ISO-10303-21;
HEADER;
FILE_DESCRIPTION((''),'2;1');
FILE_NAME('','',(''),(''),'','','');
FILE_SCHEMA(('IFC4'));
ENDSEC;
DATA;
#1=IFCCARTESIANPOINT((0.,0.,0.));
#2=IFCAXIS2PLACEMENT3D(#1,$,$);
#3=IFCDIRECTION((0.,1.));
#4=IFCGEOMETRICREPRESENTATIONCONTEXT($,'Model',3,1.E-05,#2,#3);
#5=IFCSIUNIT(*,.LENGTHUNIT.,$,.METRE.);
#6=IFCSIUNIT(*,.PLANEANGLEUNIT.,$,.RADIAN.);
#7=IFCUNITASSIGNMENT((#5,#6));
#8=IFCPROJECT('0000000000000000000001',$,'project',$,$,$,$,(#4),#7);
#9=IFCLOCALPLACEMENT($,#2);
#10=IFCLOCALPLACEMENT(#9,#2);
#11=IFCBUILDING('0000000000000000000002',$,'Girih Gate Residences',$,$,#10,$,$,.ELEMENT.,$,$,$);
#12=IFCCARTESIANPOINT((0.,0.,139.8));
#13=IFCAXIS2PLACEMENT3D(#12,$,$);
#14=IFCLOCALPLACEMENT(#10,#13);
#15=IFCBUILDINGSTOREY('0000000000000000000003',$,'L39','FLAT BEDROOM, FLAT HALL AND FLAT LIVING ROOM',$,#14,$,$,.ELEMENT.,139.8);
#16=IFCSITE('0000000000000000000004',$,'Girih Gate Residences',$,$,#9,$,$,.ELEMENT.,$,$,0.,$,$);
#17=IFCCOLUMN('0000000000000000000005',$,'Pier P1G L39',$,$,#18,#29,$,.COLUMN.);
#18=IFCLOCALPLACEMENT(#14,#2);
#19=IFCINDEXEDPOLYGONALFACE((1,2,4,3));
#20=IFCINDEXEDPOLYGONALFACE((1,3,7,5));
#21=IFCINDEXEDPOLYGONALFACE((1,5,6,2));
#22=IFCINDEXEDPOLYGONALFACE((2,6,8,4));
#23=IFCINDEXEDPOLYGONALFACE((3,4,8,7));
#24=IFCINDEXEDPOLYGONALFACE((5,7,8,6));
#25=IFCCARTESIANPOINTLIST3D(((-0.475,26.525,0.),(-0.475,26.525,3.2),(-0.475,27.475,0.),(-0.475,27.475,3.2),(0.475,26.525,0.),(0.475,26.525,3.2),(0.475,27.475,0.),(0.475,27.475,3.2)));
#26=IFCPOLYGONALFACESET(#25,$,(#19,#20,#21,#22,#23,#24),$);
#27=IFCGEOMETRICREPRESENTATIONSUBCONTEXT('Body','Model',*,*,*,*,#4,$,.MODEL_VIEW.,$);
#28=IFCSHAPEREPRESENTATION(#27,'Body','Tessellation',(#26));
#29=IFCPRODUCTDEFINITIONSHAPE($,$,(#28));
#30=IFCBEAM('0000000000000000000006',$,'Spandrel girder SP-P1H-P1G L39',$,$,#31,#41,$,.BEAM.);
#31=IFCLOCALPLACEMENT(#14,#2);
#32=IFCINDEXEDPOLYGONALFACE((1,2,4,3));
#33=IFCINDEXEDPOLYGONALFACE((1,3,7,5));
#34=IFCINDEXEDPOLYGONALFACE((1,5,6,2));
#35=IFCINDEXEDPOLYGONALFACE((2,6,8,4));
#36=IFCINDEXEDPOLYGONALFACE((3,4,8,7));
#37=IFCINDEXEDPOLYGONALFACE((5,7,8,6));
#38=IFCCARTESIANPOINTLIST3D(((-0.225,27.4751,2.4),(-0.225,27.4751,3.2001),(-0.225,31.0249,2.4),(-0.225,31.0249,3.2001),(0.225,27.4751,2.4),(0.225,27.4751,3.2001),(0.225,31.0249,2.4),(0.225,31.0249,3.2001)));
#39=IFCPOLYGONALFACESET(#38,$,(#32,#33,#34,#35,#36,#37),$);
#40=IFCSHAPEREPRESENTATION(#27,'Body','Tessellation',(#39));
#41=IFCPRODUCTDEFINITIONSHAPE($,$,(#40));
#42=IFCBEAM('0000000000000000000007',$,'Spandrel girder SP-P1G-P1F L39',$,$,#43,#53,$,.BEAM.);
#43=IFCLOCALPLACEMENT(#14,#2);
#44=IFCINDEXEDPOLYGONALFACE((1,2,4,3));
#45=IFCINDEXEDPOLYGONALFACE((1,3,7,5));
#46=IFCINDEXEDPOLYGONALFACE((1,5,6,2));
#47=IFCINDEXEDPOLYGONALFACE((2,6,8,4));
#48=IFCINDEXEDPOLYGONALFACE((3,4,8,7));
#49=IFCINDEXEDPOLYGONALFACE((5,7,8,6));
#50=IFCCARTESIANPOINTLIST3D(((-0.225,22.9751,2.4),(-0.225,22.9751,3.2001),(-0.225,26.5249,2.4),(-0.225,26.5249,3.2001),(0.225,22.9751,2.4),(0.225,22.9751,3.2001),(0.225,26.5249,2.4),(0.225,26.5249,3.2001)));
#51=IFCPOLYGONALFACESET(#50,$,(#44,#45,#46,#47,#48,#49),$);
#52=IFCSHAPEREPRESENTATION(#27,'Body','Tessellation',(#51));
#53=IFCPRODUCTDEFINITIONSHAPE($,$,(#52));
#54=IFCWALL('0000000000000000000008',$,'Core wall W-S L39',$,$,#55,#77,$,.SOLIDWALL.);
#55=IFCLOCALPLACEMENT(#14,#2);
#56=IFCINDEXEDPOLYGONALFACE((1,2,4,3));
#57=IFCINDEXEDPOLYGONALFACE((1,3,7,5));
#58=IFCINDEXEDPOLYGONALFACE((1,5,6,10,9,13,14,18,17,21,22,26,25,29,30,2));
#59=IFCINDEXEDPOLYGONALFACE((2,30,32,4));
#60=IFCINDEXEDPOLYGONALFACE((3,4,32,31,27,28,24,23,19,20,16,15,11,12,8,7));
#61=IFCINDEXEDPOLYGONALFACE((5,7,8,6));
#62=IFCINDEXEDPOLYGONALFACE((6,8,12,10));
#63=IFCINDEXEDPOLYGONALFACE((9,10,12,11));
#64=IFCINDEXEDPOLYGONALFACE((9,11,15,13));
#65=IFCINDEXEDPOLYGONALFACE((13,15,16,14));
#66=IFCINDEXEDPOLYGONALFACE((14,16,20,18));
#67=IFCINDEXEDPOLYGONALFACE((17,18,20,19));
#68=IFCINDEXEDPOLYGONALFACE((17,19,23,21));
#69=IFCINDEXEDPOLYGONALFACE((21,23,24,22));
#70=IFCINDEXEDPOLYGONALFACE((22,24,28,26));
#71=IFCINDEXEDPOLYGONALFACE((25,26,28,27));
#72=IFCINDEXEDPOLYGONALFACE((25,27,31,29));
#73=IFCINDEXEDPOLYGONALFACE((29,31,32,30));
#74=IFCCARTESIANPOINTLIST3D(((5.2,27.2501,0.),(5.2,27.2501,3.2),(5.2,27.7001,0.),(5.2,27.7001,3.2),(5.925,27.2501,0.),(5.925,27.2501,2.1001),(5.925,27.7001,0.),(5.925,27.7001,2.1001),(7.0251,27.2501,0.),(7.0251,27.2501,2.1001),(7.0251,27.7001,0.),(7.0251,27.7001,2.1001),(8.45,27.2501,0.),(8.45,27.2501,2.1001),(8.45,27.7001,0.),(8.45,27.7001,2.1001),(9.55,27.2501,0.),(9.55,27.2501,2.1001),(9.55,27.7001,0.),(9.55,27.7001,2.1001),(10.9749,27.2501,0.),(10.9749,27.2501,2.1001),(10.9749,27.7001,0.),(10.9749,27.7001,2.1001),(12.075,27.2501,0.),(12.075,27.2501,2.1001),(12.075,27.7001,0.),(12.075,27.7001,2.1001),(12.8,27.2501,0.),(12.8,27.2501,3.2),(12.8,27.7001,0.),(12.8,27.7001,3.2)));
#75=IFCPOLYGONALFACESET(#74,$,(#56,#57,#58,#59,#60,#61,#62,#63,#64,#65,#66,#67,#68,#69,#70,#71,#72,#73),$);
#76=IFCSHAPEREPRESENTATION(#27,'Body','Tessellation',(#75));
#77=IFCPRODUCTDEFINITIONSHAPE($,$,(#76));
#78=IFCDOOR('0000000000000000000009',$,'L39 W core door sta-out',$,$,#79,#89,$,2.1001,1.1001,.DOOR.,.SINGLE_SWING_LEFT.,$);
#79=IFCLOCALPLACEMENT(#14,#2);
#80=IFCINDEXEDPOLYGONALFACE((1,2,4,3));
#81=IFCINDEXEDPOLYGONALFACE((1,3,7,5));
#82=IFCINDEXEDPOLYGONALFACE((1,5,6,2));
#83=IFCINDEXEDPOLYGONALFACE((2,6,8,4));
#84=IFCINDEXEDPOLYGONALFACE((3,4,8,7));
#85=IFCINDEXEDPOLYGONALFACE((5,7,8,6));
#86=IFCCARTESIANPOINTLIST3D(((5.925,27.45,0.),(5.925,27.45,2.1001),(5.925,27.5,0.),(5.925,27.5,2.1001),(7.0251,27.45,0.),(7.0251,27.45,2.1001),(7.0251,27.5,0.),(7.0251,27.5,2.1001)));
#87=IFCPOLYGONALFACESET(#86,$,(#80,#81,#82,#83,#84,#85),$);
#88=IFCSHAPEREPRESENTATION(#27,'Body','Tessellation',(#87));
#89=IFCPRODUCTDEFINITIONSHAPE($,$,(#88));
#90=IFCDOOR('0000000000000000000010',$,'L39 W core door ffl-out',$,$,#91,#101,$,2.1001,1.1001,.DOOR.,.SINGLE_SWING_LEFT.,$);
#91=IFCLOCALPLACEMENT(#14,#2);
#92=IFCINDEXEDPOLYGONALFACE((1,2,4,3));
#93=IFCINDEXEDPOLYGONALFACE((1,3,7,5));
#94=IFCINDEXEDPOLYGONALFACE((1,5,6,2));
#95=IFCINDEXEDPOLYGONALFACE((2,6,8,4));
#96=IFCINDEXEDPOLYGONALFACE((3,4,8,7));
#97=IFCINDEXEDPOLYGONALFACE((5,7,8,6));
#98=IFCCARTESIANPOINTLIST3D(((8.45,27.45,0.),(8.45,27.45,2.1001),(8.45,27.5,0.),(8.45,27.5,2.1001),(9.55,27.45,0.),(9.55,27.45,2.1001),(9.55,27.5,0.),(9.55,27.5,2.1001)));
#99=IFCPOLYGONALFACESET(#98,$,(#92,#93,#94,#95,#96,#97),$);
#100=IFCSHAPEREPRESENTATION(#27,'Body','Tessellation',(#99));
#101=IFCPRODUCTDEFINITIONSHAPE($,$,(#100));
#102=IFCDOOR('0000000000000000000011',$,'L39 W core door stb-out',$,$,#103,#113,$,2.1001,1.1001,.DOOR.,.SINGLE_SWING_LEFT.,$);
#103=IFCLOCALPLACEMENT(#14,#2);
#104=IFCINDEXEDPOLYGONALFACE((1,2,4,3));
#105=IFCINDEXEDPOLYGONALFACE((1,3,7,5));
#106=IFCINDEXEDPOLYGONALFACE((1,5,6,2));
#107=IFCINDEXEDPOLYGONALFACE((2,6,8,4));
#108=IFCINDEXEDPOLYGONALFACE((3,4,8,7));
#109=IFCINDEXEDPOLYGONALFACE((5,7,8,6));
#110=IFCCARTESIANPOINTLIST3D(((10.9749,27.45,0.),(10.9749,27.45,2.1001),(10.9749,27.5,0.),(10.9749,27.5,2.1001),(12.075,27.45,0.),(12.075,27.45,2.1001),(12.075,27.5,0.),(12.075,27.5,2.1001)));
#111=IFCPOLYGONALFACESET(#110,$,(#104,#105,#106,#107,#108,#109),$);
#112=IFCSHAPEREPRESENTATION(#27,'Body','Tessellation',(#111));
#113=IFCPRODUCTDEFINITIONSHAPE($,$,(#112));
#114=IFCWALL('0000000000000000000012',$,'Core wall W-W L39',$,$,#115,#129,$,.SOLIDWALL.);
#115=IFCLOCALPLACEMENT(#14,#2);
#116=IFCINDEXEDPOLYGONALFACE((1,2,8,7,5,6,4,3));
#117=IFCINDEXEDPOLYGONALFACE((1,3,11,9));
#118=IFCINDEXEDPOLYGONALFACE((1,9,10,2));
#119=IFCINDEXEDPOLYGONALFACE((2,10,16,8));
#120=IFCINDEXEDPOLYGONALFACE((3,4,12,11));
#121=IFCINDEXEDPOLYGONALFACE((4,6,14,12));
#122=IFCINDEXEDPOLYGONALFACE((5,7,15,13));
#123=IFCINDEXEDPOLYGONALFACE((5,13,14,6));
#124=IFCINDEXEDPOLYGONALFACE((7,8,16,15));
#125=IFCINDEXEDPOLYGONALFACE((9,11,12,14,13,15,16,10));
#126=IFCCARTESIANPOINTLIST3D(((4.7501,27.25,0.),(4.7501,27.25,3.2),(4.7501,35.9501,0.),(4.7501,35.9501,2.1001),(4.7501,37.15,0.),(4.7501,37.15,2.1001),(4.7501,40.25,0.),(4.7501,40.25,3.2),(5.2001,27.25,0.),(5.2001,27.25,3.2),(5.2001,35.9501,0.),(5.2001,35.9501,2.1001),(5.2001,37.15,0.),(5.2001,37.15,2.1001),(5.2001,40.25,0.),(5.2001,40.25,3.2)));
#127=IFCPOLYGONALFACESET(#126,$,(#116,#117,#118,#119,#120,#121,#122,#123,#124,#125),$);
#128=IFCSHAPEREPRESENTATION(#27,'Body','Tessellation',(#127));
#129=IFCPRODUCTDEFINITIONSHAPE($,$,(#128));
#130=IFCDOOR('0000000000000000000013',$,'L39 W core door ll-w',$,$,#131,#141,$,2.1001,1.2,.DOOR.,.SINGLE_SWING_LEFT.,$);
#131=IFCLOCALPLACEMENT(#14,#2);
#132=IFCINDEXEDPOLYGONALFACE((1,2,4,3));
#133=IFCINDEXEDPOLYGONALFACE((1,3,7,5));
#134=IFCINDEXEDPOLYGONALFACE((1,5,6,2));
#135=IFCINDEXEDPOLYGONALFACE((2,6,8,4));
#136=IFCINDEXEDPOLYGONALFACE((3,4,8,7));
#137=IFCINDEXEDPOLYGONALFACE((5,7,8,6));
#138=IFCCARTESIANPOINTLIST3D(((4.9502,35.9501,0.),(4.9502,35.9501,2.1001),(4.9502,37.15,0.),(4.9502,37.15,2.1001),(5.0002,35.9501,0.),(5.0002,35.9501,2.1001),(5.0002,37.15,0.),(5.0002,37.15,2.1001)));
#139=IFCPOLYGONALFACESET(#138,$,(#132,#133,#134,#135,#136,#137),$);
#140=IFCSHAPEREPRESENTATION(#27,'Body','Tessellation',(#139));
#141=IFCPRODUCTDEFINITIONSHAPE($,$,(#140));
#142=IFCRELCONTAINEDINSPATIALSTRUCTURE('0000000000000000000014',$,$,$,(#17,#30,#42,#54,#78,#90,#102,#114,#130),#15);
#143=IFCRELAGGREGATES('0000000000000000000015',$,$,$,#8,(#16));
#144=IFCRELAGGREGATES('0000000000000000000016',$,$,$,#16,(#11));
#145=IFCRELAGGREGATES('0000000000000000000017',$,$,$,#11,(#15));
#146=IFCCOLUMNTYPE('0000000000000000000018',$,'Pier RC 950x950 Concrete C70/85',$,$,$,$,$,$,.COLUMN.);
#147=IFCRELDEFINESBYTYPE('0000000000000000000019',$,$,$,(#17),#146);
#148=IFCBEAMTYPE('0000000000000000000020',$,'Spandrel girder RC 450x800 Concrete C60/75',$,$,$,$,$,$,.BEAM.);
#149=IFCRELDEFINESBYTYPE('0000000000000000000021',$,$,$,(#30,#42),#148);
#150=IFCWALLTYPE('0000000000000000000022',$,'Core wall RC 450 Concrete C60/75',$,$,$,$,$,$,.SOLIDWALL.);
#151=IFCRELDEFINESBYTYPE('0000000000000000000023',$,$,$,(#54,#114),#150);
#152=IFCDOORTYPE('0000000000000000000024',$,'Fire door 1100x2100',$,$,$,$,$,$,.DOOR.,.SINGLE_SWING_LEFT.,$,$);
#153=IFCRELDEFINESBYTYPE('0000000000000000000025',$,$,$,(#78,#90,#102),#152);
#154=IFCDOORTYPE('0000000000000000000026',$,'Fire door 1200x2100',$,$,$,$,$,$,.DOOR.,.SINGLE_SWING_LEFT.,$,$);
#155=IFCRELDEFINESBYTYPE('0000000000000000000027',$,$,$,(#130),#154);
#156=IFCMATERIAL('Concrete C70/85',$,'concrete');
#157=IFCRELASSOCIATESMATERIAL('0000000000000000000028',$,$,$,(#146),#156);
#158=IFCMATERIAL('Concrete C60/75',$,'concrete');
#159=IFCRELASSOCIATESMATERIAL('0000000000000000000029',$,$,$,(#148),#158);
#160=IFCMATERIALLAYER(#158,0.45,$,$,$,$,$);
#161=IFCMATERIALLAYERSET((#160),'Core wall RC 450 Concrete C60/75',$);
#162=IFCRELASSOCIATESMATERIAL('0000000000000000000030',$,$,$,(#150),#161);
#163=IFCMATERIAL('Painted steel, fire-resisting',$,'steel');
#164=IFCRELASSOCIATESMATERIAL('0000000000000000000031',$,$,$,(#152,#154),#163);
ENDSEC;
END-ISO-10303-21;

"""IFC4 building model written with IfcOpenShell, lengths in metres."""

from ifc_helpers import new_model, si_unit, direction, frame, frame_2d, origin, origin_2d, place, context, subcontext, project, spatial, rectangle, extrude, material, layer, layer_set, material_profile, profile_set, type_object, element, fill, save


model = new_model("IFC4")

# Units and contexts
model_context = context("Model", 3, precision=1e-05, world=origin(), true_north=direction((0.0, 1.0)))
body_context = subcontext(model_context, "Body", "Model", "MODEL_VIEW")
ifc_project = project(units=[si_unit("LENGTHUNIT", "METRE"), si_unit("PLANEANGLEUNIT", "RADIAN")], contexts=[model_context])

# Site, building, storey
site_placement = place(None, origin())
site = spatial("IfcSite", under=ifc_project, at=site_placement, Name="Girih Gate Residences", CompositionType="ELEMENT", RefElevation=0.0)
building_placement = place(site_placement, origin())
building = spatial("IfcBuilding", under=site, at=building_placement, Name="Girih Gate Residences", CompositionType="ELEMENT")
storey_placement = place(building_placement, frame((0.0, 0.0, 139.8)))
storey = spatial("IfcBuildingStorey", under=building, at=storey_placement, Name="L39", Description="FLAT BEDROOM, FLAT HALL AND FLAT LIVING ROOM", CompositionType="ELEMENT", Elevation=139.8)

# Column
ifc_material_1 = material(Name="Concrete C70/85", Category="concrete")
ifc_material_profile_1 = material_profile(ifc_material_1, rectangle(XDim=0.95, YDim=0.95, at=origin_2d()))
ifc_profile_set_1 = profile_set([ifc_material_profile_1], Name="Concrete C70/85")
column_type = type_object("IfcColumnType", Name="Pier RC 950x950 Concrete C70/85", PredefinedType="COLUMN", material=ifc_profile_set_1)
column_placement = place(storey_placement, frame((0.0, 27.0, 0.0), z_axis=(0.0, 0.0, 1.0), x_axis=(1.0, 0.0, 0.0)))
element("IfcColumn", 1, at=column_placement, inside=storey, type_object=column_type, Name="Pier P1G L39", PredefinedType="COLUMN", context=body_context, shape_type="SweptSolid", body=[
    extrude(rectangle(XDim=0.95, YDim=0.95, at=origin_2d()), origin(), (0.0, 0.0, 1.0), 3.2),
])

# Beams
ifc_material_2 = material(Name="Concrete C60/75", Category="concrete")
ifc_material_profile_2 = material_profile(ifc_material_2, rectangle(XDim=0.45, YDim=0.8, at=origin_2d()))
ifc_profile_set_2 = profile_set([ifc_material_profile_2], Name="Concrete C60/75")
beam_type = type_object("IfcBeamType", Name="Spandrel girder RC 450x800 Concrete C60/75", PredefinedType="BEAM", material=ifc_profile_set_2)
for number, where, z_axis, x_axis, name in (
    (2, (0.0, 31.0249, 2.8), (0.0, -1.0, 0.0), (1.0, 0.0, 0.0), "Spandrel girder SP-P1H-P1G L39"),
    (3, (0.0, 26.5249, 2.8), (0.0, -1.0, 0.0), (1.0, 0.0, 0.0), "Spandrel girder SP-P1G-P1F L39"),
):
    element("IfcBeam", number, at=place(storey_placement, frame(where, z_axis=z_axis, x_axis=x_axis)), inside=storey, type_object=beam_type, Name=name, PredefinedType="BEAM", context=body_context, shape_type="SweptSolid", body=[
        extrude(rectangle(XDim=0.45, YDim=0.8, at=origin_2d()), origin(), (0.0, 0.0, 1.0), 3.5498),
    ])

# Wall, openings, doors
ifc_layer_1 = layer(ifc_material_2, 0.45)
ifc_layer_set_1 = layer_set([ifc_layer_1], Name="Core wall RC 450 Concrete C60/75")
wall_type_1 = type_object("IfcWallType", Name="Core wall RC 450 Concrete C60/75", PredefinedType="SOLIDWALL", material=ifc_layer_set_1)
wall_1_placement = place(storey_placement, frame((5.2, 27.4751, 0.0), z_axis=(0.0, 0.0, 1.0), x_axis=(1.0, 0.0, 0.0)))
wall_1 = element("IfcWall", 4, at=wall_1_placement, inside=storey, type_object=wall_type_1, Name="Core wall W-S L39", PredefinedType="SOLIDWALL", context=body_context, shape_type="SweptSolid", body=[
    extrude(rectangle(XDim=7.6001, YDim=0.45, at=frame_2d((3.8, 0.0))), origin(), (0.0, 0.0, 1.0), 3.2),
])
opening_1_placement = place(wall_1_placement, frame((0.7251, 0.0, 0.0)))
opening_1 = element("IfcOpeningElement", 5, at=opening_1_placement, cuts=wall_1, PredefinedType="OPENING", context=body_context, shape_type="SweptSolid", body=[
    extrude(rectangle(XDim=1.1001, YDim=2.1001, at=frame_2d((0.55, 1.05))), frame((0.0, 0.2349, 0.0), z_axis=(0.0, -1.0, 0.0), x_axis=(1.0, 0.0, 0.0)), (0.0, 0.0, 1.0), 0.47),
])
opening_2_placement = place(wall_1_placement, frame((3.25, 0.0, 0.0)))
opening_2 = element("IfcOpeningElement", 6, at=opening_2_placement, cuts=wall_1, PredefinedType="OPENING", context=body_context, shape_type="SweptSolid", body=[
    extrude(rectangle(XDim=1.1001, YDim=2.1001, at=frame_2d((0.55, 1.05))), frame((0.0, 0.2349, 0.0), z_axis=(0.0, -1.0, 0.0), x_axis=(1.0, 0.0, 0.0)), (0.0, 0.0, 1.0), 0.47),
])
opening_3_placement = place(wall_1_placement, frame((5.7749, 0.0, 0.0)))
opening_3 = element("IfcOpeningElement", 7, at=opening_3_placement, cuts=wall_1, PredefinedType="OPENING", context=body_context, shape_type="SweptSolid", body=[
    extrude(rectangle(XDim=1.1001, YDim=2.1001, at=frame_2d((0.55, 1.05))), frame((0.0, 0.2349, 0.0), z_axis=(0.0, -1.0, 0.0), x_axis=(1.0, 0.0, 0.0)), (0.0, 0.0, 1.0), 0.47),
])
ifc_material_3 = material(Name="Painted steel, fire-resisting", Category="steel")
door_type_1 = type_object("IfcDoorType", Name="Fire door 1100x2100", OperationType="SINGLE_SWING_LEFT", PredefinedType="DOOR", material=ifc_material_3)
door_1_placement = place(opening_1_placement, origin())
door_1 = element("IfcDoor", 8, at=door_1_placement, inside=storey, type_object=door_type_1, Name="L39 W core door sta-out", OperationType="SINGLE_SWING_LEFT", OverallHeight=2.1001, OverallWidth=1.1001, PredefinedType="DOOR", context=body_context, shape_type="SweptSolid", body=[
    extrude(rectangle(XDim=1.1001, YDim=2.1001, at=frame_2d((0.55, 1.05))), frame((0.0, 0.0249, 0.0), z_axis=(0.0, -1.0, 0.0), x_axis=(1.0, 0.0, 0.0)), (0.0, 0.0, 1.0), 0.05),
])
fill(opening_1, door_1)
door_2_placement = place(opening_2_placement, origin())
door_2 = element("IfcDoor", 9, at=door_2_placement, inside=storey, type_object=door_type_1, Name="L39 W core door ffl-out", OperationType="SINGLE_SWING_LEFT", OverallHeight=2.1001, OverallWidth=1.1001, PredefinedType="DOOR", context=body_context, shape_type="SweptSolid", body=[
    extrude(rectangle(XDim=1.1001, YDim=2.1001, at=frame_2d((0.55, 1.05))), frame((0.0, 0.0249, 0.0), z_axis=(0.0, -1.0, 0.0), x_axis=(1.0, 0.0, 0.0)), (0.0, 0.0, 1.0), 0.05),
])
fill(opening_2, door_2)
door_3_placement = place(opening_3_placement, origin())
door_3 = element("IfcDoor", 10, at=door_3_placement, inside=storey, type_object=door_type_1, Name="L39 W core door stb-out", OperationType="SINGLE_SWING_LEFT", OverallHeight=2.1001, OverallWidth=1.1001, PredefinedType="DOOR", context=body_context, shape_type="SweptSolid", body=[
    extrude(rectangle(XDim=1.1001, YDim=2.1001, at=frame_2d((0.55, 1.05))), frame((0.0, 0.0249, 0.0), z_axis=(0.0, -1.0, 0.0), x_axis=(1.0, 0.0, 0.0)), (0.0, 0.0, 1.0), 0.05),
])
fill(opening_3, door_3)

# Wall, opening, door
wall_2_placement = place(storey_placement, frame((4.9751, 27.25, 0.0), z_axis=(0.0, 0.0, 1.0), x_axis=(0.0, 1.0, 0.0)))
wall_2 = element("IfcWall", 11, at=wall_2_placement, inside=storey, type_object=wall_type_1, Name="Core wall W-W L39", PredefinedType="SOLIDWALL", context=body_context, shape_type="SweptSolid", body=[
    extrude(rectangle(XDim=13.0, YDim=0.45, at=frame_2d((6.5, 0.0))), origin(), (0.0, 0.0, 1.0), 3.2),
])
opening_4_placement = place(wall_2_placement, frame((8.7, 0.0, 0.0)))
opening_4 = element("IfcOpeningElement", 12, at=opening_4_placement, cuts=wall_2, PredefinedType="OPENING", context=body_context, shape_type="SweptSolid", body=[
    extrude(rectangle(XDim=1.2, YDim=2.1001, at=frame_2d((0.6001, 1.05))), frame((0.0, 0.2349, 0.0), z_axis=(0.0, -1.0, 0.0), x_axis=(1.0, 0.0, 0.0)), (0.0, 0.0, 1.0), 0.47),
])
door_type_2 = type_object("IfcDoorType", Name="Fire door 1200x2100", OperationType="SINGLE_SWING_LEFT", PredefinedType="DOOR", material=ifc_material_3)
door_4_placement = place(opening_4_placement, origin())
door_4 = element("IfcDoor", 13, at=door_4_placement, inside=storey, type_object=door_type_2, Name="L39 W core door ll-w", OperationType="SINGLE_SWING_LEFT", OverallHeight=2.1001, OverallWidth=1.2, PredefinedType="DOOR", context=body_context, shape_type="SweptSolid", body=[
    extrude(rectangle(XDim=1.2, YDim=2.1001, at=frame_2d((0.6001, 1.05))), frame((0.0, 0.0249, 0.0), z_axis=(0.0, -1.0, 0.0), x_axis=(1.0, 0.0, 0.0)), (0.0, 0.0, 1.0), 0.05),
])
fill(opening_4, door_4)

save(model, "model.ifc")
